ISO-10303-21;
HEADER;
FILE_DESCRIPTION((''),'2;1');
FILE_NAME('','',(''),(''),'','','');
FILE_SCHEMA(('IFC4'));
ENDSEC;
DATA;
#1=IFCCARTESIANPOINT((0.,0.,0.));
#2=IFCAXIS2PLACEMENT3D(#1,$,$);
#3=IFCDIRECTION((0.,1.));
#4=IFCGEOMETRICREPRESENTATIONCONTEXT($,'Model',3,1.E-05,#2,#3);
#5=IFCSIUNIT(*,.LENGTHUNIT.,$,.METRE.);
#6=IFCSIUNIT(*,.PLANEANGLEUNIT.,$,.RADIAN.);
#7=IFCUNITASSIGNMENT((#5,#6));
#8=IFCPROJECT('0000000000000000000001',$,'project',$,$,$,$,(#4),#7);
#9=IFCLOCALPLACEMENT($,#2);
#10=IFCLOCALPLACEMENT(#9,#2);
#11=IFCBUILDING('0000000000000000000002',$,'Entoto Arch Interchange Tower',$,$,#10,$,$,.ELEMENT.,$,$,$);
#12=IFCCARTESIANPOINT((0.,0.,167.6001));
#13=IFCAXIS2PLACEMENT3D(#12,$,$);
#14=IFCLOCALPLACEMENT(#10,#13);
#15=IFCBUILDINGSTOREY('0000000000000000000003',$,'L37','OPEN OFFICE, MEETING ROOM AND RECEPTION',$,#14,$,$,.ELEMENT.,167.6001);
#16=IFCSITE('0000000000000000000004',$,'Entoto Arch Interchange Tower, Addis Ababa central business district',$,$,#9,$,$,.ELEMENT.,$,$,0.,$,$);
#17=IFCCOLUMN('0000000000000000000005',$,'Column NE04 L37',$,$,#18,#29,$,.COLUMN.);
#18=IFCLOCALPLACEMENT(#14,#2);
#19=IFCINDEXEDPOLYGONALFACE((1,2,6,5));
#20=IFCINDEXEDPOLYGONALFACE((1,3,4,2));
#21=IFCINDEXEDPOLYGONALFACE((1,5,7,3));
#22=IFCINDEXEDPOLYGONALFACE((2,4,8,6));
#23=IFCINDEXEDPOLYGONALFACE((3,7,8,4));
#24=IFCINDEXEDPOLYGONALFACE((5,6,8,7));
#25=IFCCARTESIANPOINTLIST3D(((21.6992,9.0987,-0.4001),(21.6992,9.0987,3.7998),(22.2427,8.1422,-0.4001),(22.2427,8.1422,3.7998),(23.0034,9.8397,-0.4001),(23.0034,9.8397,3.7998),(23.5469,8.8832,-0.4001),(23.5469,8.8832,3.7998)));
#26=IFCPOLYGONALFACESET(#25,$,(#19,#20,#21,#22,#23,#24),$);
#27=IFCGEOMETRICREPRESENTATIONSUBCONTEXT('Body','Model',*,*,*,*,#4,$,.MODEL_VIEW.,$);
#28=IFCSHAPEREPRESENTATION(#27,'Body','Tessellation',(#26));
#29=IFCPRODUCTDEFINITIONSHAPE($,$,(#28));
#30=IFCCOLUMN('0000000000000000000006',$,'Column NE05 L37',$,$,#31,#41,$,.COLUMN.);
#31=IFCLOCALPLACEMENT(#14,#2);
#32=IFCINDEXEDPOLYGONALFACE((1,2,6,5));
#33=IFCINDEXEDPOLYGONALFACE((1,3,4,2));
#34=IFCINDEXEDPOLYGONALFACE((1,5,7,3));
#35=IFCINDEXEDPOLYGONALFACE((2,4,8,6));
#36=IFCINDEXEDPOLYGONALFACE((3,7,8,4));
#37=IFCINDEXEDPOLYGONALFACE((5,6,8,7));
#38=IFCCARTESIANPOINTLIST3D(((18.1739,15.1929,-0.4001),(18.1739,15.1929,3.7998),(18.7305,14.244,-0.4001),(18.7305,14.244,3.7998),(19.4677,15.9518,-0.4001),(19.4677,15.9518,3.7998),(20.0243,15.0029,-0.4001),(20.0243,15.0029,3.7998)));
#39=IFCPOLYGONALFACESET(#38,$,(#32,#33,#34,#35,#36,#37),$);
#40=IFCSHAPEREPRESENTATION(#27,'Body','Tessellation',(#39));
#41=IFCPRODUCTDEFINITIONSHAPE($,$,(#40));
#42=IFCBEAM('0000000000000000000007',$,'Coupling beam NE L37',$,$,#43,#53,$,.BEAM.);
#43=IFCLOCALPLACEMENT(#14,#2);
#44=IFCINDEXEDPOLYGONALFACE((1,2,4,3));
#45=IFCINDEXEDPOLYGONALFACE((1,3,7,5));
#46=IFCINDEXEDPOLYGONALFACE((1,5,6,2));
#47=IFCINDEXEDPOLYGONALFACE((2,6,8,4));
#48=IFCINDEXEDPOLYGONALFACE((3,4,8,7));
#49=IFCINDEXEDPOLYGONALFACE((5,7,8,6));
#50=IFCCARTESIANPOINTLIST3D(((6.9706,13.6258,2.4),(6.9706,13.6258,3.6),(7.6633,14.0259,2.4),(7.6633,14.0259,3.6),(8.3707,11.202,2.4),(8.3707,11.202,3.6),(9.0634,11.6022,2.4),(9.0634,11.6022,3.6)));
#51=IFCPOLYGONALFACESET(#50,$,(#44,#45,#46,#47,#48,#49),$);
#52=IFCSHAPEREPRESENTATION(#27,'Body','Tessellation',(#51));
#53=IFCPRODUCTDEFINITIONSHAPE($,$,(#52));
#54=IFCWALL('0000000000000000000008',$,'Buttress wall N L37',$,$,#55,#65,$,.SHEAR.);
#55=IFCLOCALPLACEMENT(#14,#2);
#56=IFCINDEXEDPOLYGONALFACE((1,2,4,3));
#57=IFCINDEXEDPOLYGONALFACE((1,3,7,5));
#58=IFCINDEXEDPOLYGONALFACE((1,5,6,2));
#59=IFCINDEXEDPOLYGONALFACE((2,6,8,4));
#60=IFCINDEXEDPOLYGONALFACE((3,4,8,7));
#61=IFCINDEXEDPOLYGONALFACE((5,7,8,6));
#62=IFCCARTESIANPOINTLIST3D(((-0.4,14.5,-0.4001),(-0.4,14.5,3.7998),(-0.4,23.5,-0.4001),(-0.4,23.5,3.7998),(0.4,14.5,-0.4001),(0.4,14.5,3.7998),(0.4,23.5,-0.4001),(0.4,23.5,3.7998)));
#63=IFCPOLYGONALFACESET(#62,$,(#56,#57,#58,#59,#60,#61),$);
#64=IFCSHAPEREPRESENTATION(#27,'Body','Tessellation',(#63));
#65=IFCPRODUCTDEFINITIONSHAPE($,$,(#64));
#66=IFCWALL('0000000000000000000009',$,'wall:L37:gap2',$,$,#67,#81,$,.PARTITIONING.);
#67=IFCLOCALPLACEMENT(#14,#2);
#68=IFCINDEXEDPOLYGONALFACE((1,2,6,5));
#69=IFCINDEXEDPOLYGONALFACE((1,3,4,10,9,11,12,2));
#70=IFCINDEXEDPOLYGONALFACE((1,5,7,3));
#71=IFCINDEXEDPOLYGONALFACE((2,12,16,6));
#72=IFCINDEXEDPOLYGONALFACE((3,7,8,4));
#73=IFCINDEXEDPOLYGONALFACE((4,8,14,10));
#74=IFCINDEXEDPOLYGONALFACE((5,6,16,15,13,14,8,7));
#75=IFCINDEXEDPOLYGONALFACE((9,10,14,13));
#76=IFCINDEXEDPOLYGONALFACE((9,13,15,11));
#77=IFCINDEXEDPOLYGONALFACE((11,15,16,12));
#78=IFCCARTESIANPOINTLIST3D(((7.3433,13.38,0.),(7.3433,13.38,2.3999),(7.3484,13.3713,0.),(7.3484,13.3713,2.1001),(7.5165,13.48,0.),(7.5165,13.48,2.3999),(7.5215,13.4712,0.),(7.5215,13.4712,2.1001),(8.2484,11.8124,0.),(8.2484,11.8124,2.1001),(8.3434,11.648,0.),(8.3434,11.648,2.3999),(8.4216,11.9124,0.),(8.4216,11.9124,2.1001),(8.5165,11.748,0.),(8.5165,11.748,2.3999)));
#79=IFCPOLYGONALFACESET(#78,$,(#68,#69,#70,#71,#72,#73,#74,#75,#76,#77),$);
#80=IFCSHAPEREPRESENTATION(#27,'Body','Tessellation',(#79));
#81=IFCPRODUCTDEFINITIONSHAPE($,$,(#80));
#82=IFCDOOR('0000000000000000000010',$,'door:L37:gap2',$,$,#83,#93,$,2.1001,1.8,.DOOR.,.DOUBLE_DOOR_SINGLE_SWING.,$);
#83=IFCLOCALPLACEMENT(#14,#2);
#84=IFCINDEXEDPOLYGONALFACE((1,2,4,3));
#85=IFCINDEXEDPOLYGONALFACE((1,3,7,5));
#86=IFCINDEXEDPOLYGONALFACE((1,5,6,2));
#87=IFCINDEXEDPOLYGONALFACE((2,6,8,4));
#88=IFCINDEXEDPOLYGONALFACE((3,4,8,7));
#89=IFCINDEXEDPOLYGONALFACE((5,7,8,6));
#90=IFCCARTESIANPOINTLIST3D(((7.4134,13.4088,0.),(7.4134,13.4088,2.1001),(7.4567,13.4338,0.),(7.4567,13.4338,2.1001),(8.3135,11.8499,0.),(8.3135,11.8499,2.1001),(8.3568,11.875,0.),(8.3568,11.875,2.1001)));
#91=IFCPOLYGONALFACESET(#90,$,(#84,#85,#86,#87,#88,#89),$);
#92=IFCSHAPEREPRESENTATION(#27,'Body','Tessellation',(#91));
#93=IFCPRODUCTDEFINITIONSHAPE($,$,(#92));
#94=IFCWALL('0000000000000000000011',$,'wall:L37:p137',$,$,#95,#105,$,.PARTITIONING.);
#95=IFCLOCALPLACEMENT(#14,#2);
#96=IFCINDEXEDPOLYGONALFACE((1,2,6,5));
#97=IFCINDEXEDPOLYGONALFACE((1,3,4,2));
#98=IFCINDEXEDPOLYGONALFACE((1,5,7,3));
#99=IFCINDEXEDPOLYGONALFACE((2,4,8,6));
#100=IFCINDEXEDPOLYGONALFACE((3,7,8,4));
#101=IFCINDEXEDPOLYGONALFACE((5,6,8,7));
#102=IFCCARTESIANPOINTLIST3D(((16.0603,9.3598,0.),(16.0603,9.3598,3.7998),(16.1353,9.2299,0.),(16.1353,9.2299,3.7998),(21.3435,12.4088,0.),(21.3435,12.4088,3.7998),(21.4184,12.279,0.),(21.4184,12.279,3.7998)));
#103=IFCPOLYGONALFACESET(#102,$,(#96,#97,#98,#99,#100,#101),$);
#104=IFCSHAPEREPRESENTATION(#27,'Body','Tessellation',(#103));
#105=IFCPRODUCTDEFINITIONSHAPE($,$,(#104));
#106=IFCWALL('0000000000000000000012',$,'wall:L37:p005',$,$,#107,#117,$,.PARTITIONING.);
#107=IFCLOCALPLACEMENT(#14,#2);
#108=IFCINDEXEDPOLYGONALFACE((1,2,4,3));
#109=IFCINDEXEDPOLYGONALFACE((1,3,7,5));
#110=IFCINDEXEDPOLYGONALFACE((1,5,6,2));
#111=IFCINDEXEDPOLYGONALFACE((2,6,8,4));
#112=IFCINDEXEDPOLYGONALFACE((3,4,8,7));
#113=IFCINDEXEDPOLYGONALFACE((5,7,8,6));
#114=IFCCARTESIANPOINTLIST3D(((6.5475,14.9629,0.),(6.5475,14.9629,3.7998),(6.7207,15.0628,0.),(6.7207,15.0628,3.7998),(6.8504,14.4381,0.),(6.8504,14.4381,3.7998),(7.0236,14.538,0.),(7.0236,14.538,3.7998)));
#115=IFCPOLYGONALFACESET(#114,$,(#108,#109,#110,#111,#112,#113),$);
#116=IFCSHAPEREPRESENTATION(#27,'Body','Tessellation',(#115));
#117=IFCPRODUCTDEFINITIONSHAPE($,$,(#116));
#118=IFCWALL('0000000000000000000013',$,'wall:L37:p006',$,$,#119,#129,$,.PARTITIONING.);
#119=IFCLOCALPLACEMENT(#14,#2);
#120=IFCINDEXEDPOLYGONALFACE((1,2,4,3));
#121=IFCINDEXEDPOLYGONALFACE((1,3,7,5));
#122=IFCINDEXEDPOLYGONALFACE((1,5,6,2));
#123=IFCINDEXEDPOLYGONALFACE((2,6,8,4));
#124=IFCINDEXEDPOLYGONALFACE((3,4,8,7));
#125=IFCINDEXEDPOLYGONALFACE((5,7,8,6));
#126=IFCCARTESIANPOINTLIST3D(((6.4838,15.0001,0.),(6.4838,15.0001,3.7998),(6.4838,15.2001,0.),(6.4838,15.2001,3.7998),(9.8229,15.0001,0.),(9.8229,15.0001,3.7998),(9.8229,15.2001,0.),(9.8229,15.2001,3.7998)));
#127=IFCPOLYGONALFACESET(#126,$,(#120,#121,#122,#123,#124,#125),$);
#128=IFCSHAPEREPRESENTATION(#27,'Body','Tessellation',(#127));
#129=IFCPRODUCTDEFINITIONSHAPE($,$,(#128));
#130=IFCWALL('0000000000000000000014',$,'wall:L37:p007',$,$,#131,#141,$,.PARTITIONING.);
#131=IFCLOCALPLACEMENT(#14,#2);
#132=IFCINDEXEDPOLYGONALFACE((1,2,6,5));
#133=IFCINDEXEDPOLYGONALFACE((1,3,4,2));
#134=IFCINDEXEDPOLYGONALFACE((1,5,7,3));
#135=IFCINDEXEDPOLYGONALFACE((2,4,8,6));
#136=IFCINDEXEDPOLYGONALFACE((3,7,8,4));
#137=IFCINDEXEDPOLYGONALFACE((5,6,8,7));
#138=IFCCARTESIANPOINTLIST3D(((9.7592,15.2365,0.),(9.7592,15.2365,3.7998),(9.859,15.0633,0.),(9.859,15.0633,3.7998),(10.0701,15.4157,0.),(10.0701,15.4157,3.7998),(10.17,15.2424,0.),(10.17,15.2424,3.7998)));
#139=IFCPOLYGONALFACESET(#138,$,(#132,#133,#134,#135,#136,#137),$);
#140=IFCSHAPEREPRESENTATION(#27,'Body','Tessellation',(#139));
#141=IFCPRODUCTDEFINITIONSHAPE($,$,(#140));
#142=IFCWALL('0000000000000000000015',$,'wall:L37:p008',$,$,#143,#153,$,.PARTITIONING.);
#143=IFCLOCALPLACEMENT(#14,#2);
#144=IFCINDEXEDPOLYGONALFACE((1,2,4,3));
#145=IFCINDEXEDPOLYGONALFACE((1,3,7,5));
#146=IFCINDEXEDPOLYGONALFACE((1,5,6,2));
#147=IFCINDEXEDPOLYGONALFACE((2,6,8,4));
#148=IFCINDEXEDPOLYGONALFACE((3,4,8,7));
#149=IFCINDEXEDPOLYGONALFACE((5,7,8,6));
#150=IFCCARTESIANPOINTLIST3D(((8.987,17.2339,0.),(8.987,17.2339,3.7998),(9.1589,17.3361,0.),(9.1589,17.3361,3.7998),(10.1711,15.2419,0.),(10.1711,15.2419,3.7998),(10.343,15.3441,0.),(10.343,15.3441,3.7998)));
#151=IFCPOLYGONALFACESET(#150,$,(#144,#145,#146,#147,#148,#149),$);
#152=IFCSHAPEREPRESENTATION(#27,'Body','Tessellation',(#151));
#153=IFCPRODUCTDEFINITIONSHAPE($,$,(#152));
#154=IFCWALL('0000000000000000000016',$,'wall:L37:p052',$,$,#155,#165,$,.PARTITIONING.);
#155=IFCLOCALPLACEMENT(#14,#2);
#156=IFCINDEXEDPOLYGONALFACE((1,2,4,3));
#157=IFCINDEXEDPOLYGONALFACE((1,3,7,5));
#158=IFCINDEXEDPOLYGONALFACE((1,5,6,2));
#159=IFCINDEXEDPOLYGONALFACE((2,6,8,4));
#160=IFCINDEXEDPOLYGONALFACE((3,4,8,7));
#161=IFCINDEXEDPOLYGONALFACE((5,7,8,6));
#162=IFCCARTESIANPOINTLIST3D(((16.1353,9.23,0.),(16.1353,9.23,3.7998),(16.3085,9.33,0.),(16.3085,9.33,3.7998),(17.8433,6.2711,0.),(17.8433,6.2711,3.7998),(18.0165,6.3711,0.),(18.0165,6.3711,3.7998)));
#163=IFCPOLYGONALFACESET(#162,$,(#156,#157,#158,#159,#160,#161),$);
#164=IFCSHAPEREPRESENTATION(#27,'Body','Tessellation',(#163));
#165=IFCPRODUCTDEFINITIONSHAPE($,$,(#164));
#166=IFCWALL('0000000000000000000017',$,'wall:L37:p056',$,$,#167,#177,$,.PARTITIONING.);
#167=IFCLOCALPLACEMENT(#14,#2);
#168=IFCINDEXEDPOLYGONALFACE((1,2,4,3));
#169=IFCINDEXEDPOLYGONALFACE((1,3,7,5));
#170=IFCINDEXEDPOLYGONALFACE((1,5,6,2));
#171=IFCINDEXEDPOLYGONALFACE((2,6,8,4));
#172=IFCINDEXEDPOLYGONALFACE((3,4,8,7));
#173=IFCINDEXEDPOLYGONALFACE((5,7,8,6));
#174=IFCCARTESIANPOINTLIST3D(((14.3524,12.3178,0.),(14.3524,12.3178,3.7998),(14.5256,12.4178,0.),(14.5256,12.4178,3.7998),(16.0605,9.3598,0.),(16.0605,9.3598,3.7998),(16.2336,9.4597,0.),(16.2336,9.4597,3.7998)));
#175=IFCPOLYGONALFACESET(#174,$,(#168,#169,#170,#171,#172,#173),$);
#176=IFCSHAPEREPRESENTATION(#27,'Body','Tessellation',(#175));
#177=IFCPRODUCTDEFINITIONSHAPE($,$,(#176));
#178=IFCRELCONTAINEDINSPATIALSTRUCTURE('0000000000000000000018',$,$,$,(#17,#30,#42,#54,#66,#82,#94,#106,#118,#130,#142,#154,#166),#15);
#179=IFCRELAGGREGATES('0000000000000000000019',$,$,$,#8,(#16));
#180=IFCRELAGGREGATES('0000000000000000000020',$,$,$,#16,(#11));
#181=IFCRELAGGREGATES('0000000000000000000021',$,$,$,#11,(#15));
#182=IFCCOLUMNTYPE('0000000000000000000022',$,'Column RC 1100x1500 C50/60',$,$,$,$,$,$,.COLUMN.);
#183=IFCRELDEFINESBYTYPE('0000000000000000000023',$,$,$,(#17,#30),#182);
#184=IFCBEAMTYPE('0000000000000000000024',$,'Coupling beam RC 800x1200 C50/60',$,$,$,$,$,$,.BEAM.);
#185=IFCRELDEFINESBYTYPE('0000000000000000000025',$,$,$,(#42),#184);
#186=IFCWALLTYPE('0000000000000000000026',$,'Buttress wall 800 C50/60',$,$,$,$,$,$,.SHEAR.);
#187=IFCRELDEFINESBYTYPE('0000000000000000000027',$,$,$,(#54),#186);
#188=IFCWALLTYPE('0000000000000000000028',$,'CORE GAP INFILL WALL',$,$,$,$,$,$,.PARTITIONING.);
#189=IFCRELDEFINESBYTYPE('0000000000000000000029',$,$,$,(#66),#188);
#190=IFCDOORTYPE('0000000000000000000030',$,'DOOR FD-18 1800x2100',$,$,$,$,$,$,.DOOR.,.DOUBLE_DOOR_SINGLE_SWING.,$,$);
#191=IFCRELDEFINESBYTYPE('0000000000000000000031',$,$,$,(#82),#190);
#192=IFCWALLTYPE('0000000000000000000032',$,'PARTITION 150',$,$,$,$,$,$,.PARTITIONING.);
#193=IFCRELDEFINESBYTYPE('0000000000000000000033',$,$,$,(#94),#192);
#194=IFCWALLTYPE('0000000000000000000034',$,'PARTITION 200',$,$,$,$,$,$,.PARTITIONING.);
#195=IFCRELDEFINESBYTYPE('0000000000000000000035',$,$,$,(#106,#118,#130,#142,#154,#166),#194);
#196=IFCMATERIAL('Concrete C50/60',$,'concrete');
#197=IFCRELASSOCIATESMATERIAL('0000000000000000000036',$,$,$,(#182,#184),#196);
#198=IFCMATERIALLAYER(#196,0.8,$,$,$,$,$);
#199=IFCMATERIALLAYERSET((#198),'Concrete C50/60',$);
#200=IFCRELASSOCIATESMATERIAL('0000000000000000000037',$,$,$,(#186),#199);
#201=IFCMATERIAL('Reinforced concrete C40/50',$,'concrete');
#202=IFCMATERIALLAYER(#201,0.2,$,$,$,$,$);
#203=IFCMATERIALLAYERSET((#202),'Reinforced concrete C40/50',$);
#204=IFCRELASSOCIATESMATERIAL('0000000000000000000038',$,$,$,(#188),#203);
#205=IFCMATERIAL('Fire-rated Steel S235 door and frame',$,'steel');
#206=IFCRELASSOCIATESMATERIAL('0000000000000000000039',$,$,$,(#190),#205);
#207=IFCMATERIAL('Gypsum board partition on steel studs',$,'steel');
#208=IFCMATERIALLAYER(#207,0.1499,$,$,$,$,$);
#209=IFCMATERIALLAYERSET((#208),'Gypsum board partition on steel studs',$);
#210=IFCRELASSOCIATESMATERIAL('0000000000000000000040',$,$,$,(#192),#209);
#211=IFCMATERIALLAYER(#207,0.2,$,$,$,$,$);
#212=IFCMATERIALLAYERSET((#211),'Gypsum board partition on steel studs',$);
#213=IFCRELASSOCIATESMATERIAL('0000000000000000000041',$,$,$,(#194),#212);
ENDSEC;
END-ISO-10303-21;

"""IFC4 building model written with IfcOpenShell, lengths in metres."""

from ifc_helpers import new_model, si_unit, direction, frame, frame_2d, origin, origin_2d, place, context, subcontext, project, spatial, rectangle, extrude, material, layer, layer_set, material_profile, profile_set, type_object, element, fill, save


model = new_model("IFC4")

# Units and contexts
model_context = context("Model", 3, precision=1e-05, world=origin(), true_north=direction((0.0, 1.0)))
body_context = subcontext(model_context, "Body", "Model", "MODEL_VIEW")
ifc_project = project(units=[si_unit("LENGTHUNIT", "METRE"), si_unit("PLANEANGLEUNIT", "RADIAN")], contexts=[model_context])

# Site, building, storey
site_placement = place(None, origin())
site = spatial("IfcSite", under=ifc_project, at=site_placement, Name="Entoto Arch Interchange Tower, Addis Ababa central business district", CompositionType="ELEMENT", RefElevation=0.0)
building_placement = place(site_placement, origin())
building = spatial("IfcBuilding", under=site, at=building_placement, Name="Entoto Arch Interchange Tower", CompositionType="ELEMENT")
storey_placement = place(building_placement, frame((0.0, 0.0, 167.6001)))
storey = spatial("IfcBuildingStorey", under=building, at=storey_placement, Name="L37", Description="OPEN OFFICE, MEETING ROOM AND RECEPTION", CompositionType="ELEMENT", Elevation=167.6001)

# Columns
ifc_material_1 = material(Name="Concrete C50/60", Category="concrete")
ifc_material_profile_1 = material_profile(ifc_material_1, rectangle(XDim=1.1001, YDim=1.5, at=origin_2d()))
ifc_profile_set_1 = profile_set([ifc_material_profile_1], Name="Concrete C50/60")
column_type = type_object("IfcColumnType", Name="Column RC 1100x1500 C50/60", PredefinedType="COLUMN", material=ifc_profile_set_1)
for number, where, z_axis, x_axis, name in (
    (1, (22.623, 8.991, -0.4001), (0.0, 0.0, 1.0), (-0.494018, 0.869452, 0.0), "Column NE04 L37"),
    (2, (19.0991, 15.0979, -0.4001), (0.0, 0.0, 1.0), (-0.505958, 0.862558, 0.0), "Column NE05 L37"),
):
    element("IfcColumn", number, at=place(storey_placement, frame(where, z_axis=z_axis, x_axis=x_axis)), inside=storey, type_object=column_type, Name=name, PredefinedType="COLUMN", context=body_context, shape_type="SweptSolid", body=[
        extrude(rectangle(XDim=1.1001, YDim=1.5, at=origin_2d()), origin(), (0.0, 0.0, 1.0), 4.2),
    ])

# Beam
ifc_material_profile_2 = material_profile(ifc_material_1, rectangle(XDim=0.8, YDim=1.2, at=origin_2d()))
ifc_profile_set_2 = profile_set([ifc_material_profile_2], Name="Concrete C50/60")
beam_type = type_object("IfcBeamType", Name="Coupling beam RC 800x1200 C50/60", PredefinedType="BEAM", material=ifc_profile_set_2)
beam_placement = place(storey_placement, frame((8.717, 11.4021, 3.0), z_axis=(-0.500201, 0.86591, 0.0), x_axis=(-0.86591, -0.500201, 0.0)))
element("IfcBeam", 3, at=beam_placement, inside=storey, type_object=beam_type, Name="Coupling beam NE L37", PredefinedType="BEAM", context=body_context, shape_type="SweptSolid", body=[
    extrude(rectangle(XDim=0.8, YDim=1.2, at=origin_2d()), origin(), (0.0, 0.0, 1.0), 2.7991),
])

# Wall
ifc_layer_1 = layer(ifc_material_1, 0.8)
ifc_layer_set_1 = layer_set([ifc_layer_1], Name="Concrete C50/60")
wall_type_1 = type_object("IfcWallType", Name="Buttress wall 800 C50/60", PredefinedType="SHEAR", material=ifc_layer_set_1)
wall_1_placement = place(storey_placement, frame((0.0, 14.5, -0.4001), z_axis=(0.0, 0.0, 1.0), x_axis=(0.0, 1.0, 0.0)))
element("IfcWall", 4, at=wall_1_placement, inside=storey, type_object=wall_type_1, Name="Buttress wall N L37", PredefinedType="SHEAR", context=body_context, shape_type="SweptSolid", body=[
    extrude(rectangle(XDim=9.0, YDim=0.8, at=frame_2d((4.5, 0.0))), origin(), (0.0, 0.0, 1.0), 4.2),
])

# Wall, opening, door
ifc_material_2 = material(Name="Reinforced concrete C40/50", Category="concrete")
ifc_layer_2 = layer(ifc_material_2, 0.2)
ifc_layer_set_2 = layer_set([ifc_layer_2], Name="Reinforced concrete C40/50")
wall_type_2 = type_object("IfcWallType", Name="CORE GAP INFILL WALL", PredefinedType="PARTITIONING", material=ifc_layer_set_2)
wall_2_placement = place(storey_placement, frame((8.4299, 11.698, 0.0), z_axis=(0.0, 0.0, 1.0), x_axis=(-0.500025, 0.866011, 0.0)))
wall_2 = element("IfcWall", 5, at=wall_2_placement, inside=storey, type_object=wall_type_2, Name="wall:L37:gap2", PredefinedType="PARTITIONING", context=body_context, shape_type="SweptSolid", body=[
    extrude(rectangle(XDim=2.0, YDim=0.2, at=frame_2d((1.0, 0.0))), origin(), (0.0, 0.0, 1.0), 2.3999),
])
opening_1_placement = place(wall_2_placement, frame((0.1899, 0.0, 0.0)))
opening_1 = element("IfcOpeningElement", 6, at=opening_1_placement, cuts=wall_2, PredefinedType="OPENING", context=body_context, shape_type="SweptSolid", body=[
    extrude(rectangle(XDim=1.8, YDim=2.1001, at=frame_2d((0.8999, 1.05))), frame((0.0, 0.1099, 0.0), z_axis=(0.0, -1.0, 0.0), x_axis=(1.0, 0.0, 0.0)), (0.0, 0.0, 1.0), 0.22),
])
ifc_material_3 = material(Name="Fire-rated Steel S235 door and frame", Category="steel")
door_type_1 = type_object("IfcDoorType", Name="DOOR FD-18 1800x2100", OperationType="DOUBLE_DOOR_SINGLE_SWING", PredefinedType="DOOR", material=ifc_material_3)
door_1_placement = place(opening_1_placement, origin())
door_1 = element("IfcDoor", 7, at=door_1_placement, inside=storey, type_object=door_type_1, Name="door:L37:gap2", OperationType="DOUBLE_DOOR_SINGLE_SWING", OverallHeight=2.1001, OverallWidth=1.8, PredefinedType="DOOR", context=body_context, shape_type="SweptSolid", body=[
    extrude(rectangle(XDim=1.8, YDim=2.1001, at=frame_2d((0.8999, 1.05))), frame((0.0, 0.0249, 0.0), z_axis=(0.0, -1.0, 0.0), x_axis=(1.0, 0.0, 0.0)), (0.0, 0.0, 1.0), 0.05),
])
fill(opening_1, door_1)

# Walls
ifc_material_4 = material(Name="Gypsum board partition on steel studs", Category="steel")
ifc_layer_3 = layer(ifc_material_4, 0.1499)
ifc_layer_set_3 = layer_set([ifc_layer_3], Name="Gypsum board partition on steel studs")
wall_type_3 = type_object("IfcWallType", Name="PARTITION 150", PredefinedType="PARTITIONING", material=ifc_layer_set_3)
wall_3_placement = place(storey_placement, frame((16.0979, 9.2949, 0.0), z_axis=(0.0, 0.0, 1.0), x_axis=(0.86611, 0.499854, 0.0)))
element("IfcWall", 8, at=wall_3_placement, inside=storey, type_object=wall_type_3, Name="wall:L37:p137", PredefinedType="PARTITIONING", context=body_context, shape_type="SweptSolid", body=[
    extrude(rectangle(XDim=6.0999, YDim=0.1499, at=frame_2d((3.0498, 0.0))), origin(), (0.0, 0.0, 1.0), 3.7998),
])
ifc_layer_4 = layer(ifc_material_4, 0.2)
ifc_layer_set_4 = layer_set([ifc_layer_4], Name="Gypsum board partition on steel studs")
wall_type_4 = type_object("IfcWallType", Name="PARTITION 200", PredefinedType="PARTITIONING", material=ifc_layer_set_4)
wall_4_placement = place(storey_placement, frame((6.937, 14.488, 0.0), z_axis=(0.0, 0.0, 1.0), x_axis=(-0.499908, 0.866078, 0.0)))
element("IfcWall", 9, at=wall_4_placement, inside=storey, type_object=wall_type_4, Name="wall:L37:p005", PredefinedType="PARTITIONING", context=body_context, shape_type="SweptSolid", body=[
    extrude(rectangle(XDim=0.606, YDim=0.2, at=frame_2d((0.303, 0.0))), origin(), (0.0, 0.0, 1.0), 3.7998),
])
wall_5_placement = place(storey_placement, frame((6.4839, 15.1001, 0.0), z_axis=(0.0, 0.0, 1.0), x_axis=(1.0, 0.0, 0.0)))
element("IfcWall", 10, at=wall_5_placement, inside=storey, type_object=wall_type_4, Name="wall:L37:p006", PredefinedType="PARTITIONING", context=body_context, shape_type="SweptSolid", body=[
    extrude(rectangle(XDim=3.3391, YDim=0.2, at=frame_2d((1.6694, 0.0))), origin(), (0.0, 0.0, 1.0), 3.7998),
])
wall_6_placement = place(storey_placement, frame((9.8091, 15.1499, 0.0), z_axis=(0.0, 0.0, 1.0), x_axis=(0.86648, 0.499212, 0.0)))
element("IfcWall", 11, at=wall_6_placement, inside=storey, type_object=wall_type_4, Name="wall:L37:p007", PredefinedType="PARTITIONING", context=body_context, shape_type="SweptSolid", body=[
    extrude(rectangle(XDim=0.3589, YDim=0.2, at=frame_2d((0.1794, 0.0))), origin(), (0.0, 0.0, 1.0), 3.7998),
])
wall_7_placement = place(storey_placement, frame((10.2571, 15.293, 0.0), z_axis=(0.0, 0.0, 1.0), x_axis=(-0.510974, 0.859596, 0.0)))
element("IfcWall", 12, at=wall_7_placement, inside=storey, type_object=wall_type_4, Name="wall:L37:p008", PredefinedType="PARTITIONING", context=body_context, shape_type="SweptSolid", body=[
    extrude(rectangle(XDim=2.3174, YDim=0.2, at=frame_2d((1.1587, 0.0))), origin(), (0.0, 0.0, 1.0), 3.7998),
])
wall_8_placement = place(storey_placement, frame((16.2219, 9.28, 0.0), z_axis=(0.0, 0.0, 1.0), x_axis=(0.49992, -0.866071, 0.0)))
element("IfcWall", 13, at=wall_8_placement, inside=storey, type_object=wall_type_4, Name="wall:L37:p052", PredefinedType="PARTITIONING", context=body_context, shape_type="SweptSolid", body=[
    extrude(rectangle(XDim=3.4165, YDim=0.2, at=frame_2d((1.7083, 0.0))), origin(), (0.0, 0.0, 1.0), 3.7998),
])
wall_9_placement = place(storey_placement, frame((14.439, 12.3679, 0.0), z_axis=(0.0, 0.0, 1.0), x_axis=(0.500044, -0.866, 0.0)))
element("IfcWall", 14, at=wall_9_placement, inside=storey, type_object=wall_type_4, Name="wall:L37:p056", PredefinedType="PARTITIONING", context=body_context, shape_type="SweptSolid", body=[
    extrude(rectangle(XDim=3.4158, YDim=0.2, at=frame_2d((1.708, 0.0))), origin(), (0.0, 0.0, 1.0), 3.7998),
])

save(model, "model.ifc")
